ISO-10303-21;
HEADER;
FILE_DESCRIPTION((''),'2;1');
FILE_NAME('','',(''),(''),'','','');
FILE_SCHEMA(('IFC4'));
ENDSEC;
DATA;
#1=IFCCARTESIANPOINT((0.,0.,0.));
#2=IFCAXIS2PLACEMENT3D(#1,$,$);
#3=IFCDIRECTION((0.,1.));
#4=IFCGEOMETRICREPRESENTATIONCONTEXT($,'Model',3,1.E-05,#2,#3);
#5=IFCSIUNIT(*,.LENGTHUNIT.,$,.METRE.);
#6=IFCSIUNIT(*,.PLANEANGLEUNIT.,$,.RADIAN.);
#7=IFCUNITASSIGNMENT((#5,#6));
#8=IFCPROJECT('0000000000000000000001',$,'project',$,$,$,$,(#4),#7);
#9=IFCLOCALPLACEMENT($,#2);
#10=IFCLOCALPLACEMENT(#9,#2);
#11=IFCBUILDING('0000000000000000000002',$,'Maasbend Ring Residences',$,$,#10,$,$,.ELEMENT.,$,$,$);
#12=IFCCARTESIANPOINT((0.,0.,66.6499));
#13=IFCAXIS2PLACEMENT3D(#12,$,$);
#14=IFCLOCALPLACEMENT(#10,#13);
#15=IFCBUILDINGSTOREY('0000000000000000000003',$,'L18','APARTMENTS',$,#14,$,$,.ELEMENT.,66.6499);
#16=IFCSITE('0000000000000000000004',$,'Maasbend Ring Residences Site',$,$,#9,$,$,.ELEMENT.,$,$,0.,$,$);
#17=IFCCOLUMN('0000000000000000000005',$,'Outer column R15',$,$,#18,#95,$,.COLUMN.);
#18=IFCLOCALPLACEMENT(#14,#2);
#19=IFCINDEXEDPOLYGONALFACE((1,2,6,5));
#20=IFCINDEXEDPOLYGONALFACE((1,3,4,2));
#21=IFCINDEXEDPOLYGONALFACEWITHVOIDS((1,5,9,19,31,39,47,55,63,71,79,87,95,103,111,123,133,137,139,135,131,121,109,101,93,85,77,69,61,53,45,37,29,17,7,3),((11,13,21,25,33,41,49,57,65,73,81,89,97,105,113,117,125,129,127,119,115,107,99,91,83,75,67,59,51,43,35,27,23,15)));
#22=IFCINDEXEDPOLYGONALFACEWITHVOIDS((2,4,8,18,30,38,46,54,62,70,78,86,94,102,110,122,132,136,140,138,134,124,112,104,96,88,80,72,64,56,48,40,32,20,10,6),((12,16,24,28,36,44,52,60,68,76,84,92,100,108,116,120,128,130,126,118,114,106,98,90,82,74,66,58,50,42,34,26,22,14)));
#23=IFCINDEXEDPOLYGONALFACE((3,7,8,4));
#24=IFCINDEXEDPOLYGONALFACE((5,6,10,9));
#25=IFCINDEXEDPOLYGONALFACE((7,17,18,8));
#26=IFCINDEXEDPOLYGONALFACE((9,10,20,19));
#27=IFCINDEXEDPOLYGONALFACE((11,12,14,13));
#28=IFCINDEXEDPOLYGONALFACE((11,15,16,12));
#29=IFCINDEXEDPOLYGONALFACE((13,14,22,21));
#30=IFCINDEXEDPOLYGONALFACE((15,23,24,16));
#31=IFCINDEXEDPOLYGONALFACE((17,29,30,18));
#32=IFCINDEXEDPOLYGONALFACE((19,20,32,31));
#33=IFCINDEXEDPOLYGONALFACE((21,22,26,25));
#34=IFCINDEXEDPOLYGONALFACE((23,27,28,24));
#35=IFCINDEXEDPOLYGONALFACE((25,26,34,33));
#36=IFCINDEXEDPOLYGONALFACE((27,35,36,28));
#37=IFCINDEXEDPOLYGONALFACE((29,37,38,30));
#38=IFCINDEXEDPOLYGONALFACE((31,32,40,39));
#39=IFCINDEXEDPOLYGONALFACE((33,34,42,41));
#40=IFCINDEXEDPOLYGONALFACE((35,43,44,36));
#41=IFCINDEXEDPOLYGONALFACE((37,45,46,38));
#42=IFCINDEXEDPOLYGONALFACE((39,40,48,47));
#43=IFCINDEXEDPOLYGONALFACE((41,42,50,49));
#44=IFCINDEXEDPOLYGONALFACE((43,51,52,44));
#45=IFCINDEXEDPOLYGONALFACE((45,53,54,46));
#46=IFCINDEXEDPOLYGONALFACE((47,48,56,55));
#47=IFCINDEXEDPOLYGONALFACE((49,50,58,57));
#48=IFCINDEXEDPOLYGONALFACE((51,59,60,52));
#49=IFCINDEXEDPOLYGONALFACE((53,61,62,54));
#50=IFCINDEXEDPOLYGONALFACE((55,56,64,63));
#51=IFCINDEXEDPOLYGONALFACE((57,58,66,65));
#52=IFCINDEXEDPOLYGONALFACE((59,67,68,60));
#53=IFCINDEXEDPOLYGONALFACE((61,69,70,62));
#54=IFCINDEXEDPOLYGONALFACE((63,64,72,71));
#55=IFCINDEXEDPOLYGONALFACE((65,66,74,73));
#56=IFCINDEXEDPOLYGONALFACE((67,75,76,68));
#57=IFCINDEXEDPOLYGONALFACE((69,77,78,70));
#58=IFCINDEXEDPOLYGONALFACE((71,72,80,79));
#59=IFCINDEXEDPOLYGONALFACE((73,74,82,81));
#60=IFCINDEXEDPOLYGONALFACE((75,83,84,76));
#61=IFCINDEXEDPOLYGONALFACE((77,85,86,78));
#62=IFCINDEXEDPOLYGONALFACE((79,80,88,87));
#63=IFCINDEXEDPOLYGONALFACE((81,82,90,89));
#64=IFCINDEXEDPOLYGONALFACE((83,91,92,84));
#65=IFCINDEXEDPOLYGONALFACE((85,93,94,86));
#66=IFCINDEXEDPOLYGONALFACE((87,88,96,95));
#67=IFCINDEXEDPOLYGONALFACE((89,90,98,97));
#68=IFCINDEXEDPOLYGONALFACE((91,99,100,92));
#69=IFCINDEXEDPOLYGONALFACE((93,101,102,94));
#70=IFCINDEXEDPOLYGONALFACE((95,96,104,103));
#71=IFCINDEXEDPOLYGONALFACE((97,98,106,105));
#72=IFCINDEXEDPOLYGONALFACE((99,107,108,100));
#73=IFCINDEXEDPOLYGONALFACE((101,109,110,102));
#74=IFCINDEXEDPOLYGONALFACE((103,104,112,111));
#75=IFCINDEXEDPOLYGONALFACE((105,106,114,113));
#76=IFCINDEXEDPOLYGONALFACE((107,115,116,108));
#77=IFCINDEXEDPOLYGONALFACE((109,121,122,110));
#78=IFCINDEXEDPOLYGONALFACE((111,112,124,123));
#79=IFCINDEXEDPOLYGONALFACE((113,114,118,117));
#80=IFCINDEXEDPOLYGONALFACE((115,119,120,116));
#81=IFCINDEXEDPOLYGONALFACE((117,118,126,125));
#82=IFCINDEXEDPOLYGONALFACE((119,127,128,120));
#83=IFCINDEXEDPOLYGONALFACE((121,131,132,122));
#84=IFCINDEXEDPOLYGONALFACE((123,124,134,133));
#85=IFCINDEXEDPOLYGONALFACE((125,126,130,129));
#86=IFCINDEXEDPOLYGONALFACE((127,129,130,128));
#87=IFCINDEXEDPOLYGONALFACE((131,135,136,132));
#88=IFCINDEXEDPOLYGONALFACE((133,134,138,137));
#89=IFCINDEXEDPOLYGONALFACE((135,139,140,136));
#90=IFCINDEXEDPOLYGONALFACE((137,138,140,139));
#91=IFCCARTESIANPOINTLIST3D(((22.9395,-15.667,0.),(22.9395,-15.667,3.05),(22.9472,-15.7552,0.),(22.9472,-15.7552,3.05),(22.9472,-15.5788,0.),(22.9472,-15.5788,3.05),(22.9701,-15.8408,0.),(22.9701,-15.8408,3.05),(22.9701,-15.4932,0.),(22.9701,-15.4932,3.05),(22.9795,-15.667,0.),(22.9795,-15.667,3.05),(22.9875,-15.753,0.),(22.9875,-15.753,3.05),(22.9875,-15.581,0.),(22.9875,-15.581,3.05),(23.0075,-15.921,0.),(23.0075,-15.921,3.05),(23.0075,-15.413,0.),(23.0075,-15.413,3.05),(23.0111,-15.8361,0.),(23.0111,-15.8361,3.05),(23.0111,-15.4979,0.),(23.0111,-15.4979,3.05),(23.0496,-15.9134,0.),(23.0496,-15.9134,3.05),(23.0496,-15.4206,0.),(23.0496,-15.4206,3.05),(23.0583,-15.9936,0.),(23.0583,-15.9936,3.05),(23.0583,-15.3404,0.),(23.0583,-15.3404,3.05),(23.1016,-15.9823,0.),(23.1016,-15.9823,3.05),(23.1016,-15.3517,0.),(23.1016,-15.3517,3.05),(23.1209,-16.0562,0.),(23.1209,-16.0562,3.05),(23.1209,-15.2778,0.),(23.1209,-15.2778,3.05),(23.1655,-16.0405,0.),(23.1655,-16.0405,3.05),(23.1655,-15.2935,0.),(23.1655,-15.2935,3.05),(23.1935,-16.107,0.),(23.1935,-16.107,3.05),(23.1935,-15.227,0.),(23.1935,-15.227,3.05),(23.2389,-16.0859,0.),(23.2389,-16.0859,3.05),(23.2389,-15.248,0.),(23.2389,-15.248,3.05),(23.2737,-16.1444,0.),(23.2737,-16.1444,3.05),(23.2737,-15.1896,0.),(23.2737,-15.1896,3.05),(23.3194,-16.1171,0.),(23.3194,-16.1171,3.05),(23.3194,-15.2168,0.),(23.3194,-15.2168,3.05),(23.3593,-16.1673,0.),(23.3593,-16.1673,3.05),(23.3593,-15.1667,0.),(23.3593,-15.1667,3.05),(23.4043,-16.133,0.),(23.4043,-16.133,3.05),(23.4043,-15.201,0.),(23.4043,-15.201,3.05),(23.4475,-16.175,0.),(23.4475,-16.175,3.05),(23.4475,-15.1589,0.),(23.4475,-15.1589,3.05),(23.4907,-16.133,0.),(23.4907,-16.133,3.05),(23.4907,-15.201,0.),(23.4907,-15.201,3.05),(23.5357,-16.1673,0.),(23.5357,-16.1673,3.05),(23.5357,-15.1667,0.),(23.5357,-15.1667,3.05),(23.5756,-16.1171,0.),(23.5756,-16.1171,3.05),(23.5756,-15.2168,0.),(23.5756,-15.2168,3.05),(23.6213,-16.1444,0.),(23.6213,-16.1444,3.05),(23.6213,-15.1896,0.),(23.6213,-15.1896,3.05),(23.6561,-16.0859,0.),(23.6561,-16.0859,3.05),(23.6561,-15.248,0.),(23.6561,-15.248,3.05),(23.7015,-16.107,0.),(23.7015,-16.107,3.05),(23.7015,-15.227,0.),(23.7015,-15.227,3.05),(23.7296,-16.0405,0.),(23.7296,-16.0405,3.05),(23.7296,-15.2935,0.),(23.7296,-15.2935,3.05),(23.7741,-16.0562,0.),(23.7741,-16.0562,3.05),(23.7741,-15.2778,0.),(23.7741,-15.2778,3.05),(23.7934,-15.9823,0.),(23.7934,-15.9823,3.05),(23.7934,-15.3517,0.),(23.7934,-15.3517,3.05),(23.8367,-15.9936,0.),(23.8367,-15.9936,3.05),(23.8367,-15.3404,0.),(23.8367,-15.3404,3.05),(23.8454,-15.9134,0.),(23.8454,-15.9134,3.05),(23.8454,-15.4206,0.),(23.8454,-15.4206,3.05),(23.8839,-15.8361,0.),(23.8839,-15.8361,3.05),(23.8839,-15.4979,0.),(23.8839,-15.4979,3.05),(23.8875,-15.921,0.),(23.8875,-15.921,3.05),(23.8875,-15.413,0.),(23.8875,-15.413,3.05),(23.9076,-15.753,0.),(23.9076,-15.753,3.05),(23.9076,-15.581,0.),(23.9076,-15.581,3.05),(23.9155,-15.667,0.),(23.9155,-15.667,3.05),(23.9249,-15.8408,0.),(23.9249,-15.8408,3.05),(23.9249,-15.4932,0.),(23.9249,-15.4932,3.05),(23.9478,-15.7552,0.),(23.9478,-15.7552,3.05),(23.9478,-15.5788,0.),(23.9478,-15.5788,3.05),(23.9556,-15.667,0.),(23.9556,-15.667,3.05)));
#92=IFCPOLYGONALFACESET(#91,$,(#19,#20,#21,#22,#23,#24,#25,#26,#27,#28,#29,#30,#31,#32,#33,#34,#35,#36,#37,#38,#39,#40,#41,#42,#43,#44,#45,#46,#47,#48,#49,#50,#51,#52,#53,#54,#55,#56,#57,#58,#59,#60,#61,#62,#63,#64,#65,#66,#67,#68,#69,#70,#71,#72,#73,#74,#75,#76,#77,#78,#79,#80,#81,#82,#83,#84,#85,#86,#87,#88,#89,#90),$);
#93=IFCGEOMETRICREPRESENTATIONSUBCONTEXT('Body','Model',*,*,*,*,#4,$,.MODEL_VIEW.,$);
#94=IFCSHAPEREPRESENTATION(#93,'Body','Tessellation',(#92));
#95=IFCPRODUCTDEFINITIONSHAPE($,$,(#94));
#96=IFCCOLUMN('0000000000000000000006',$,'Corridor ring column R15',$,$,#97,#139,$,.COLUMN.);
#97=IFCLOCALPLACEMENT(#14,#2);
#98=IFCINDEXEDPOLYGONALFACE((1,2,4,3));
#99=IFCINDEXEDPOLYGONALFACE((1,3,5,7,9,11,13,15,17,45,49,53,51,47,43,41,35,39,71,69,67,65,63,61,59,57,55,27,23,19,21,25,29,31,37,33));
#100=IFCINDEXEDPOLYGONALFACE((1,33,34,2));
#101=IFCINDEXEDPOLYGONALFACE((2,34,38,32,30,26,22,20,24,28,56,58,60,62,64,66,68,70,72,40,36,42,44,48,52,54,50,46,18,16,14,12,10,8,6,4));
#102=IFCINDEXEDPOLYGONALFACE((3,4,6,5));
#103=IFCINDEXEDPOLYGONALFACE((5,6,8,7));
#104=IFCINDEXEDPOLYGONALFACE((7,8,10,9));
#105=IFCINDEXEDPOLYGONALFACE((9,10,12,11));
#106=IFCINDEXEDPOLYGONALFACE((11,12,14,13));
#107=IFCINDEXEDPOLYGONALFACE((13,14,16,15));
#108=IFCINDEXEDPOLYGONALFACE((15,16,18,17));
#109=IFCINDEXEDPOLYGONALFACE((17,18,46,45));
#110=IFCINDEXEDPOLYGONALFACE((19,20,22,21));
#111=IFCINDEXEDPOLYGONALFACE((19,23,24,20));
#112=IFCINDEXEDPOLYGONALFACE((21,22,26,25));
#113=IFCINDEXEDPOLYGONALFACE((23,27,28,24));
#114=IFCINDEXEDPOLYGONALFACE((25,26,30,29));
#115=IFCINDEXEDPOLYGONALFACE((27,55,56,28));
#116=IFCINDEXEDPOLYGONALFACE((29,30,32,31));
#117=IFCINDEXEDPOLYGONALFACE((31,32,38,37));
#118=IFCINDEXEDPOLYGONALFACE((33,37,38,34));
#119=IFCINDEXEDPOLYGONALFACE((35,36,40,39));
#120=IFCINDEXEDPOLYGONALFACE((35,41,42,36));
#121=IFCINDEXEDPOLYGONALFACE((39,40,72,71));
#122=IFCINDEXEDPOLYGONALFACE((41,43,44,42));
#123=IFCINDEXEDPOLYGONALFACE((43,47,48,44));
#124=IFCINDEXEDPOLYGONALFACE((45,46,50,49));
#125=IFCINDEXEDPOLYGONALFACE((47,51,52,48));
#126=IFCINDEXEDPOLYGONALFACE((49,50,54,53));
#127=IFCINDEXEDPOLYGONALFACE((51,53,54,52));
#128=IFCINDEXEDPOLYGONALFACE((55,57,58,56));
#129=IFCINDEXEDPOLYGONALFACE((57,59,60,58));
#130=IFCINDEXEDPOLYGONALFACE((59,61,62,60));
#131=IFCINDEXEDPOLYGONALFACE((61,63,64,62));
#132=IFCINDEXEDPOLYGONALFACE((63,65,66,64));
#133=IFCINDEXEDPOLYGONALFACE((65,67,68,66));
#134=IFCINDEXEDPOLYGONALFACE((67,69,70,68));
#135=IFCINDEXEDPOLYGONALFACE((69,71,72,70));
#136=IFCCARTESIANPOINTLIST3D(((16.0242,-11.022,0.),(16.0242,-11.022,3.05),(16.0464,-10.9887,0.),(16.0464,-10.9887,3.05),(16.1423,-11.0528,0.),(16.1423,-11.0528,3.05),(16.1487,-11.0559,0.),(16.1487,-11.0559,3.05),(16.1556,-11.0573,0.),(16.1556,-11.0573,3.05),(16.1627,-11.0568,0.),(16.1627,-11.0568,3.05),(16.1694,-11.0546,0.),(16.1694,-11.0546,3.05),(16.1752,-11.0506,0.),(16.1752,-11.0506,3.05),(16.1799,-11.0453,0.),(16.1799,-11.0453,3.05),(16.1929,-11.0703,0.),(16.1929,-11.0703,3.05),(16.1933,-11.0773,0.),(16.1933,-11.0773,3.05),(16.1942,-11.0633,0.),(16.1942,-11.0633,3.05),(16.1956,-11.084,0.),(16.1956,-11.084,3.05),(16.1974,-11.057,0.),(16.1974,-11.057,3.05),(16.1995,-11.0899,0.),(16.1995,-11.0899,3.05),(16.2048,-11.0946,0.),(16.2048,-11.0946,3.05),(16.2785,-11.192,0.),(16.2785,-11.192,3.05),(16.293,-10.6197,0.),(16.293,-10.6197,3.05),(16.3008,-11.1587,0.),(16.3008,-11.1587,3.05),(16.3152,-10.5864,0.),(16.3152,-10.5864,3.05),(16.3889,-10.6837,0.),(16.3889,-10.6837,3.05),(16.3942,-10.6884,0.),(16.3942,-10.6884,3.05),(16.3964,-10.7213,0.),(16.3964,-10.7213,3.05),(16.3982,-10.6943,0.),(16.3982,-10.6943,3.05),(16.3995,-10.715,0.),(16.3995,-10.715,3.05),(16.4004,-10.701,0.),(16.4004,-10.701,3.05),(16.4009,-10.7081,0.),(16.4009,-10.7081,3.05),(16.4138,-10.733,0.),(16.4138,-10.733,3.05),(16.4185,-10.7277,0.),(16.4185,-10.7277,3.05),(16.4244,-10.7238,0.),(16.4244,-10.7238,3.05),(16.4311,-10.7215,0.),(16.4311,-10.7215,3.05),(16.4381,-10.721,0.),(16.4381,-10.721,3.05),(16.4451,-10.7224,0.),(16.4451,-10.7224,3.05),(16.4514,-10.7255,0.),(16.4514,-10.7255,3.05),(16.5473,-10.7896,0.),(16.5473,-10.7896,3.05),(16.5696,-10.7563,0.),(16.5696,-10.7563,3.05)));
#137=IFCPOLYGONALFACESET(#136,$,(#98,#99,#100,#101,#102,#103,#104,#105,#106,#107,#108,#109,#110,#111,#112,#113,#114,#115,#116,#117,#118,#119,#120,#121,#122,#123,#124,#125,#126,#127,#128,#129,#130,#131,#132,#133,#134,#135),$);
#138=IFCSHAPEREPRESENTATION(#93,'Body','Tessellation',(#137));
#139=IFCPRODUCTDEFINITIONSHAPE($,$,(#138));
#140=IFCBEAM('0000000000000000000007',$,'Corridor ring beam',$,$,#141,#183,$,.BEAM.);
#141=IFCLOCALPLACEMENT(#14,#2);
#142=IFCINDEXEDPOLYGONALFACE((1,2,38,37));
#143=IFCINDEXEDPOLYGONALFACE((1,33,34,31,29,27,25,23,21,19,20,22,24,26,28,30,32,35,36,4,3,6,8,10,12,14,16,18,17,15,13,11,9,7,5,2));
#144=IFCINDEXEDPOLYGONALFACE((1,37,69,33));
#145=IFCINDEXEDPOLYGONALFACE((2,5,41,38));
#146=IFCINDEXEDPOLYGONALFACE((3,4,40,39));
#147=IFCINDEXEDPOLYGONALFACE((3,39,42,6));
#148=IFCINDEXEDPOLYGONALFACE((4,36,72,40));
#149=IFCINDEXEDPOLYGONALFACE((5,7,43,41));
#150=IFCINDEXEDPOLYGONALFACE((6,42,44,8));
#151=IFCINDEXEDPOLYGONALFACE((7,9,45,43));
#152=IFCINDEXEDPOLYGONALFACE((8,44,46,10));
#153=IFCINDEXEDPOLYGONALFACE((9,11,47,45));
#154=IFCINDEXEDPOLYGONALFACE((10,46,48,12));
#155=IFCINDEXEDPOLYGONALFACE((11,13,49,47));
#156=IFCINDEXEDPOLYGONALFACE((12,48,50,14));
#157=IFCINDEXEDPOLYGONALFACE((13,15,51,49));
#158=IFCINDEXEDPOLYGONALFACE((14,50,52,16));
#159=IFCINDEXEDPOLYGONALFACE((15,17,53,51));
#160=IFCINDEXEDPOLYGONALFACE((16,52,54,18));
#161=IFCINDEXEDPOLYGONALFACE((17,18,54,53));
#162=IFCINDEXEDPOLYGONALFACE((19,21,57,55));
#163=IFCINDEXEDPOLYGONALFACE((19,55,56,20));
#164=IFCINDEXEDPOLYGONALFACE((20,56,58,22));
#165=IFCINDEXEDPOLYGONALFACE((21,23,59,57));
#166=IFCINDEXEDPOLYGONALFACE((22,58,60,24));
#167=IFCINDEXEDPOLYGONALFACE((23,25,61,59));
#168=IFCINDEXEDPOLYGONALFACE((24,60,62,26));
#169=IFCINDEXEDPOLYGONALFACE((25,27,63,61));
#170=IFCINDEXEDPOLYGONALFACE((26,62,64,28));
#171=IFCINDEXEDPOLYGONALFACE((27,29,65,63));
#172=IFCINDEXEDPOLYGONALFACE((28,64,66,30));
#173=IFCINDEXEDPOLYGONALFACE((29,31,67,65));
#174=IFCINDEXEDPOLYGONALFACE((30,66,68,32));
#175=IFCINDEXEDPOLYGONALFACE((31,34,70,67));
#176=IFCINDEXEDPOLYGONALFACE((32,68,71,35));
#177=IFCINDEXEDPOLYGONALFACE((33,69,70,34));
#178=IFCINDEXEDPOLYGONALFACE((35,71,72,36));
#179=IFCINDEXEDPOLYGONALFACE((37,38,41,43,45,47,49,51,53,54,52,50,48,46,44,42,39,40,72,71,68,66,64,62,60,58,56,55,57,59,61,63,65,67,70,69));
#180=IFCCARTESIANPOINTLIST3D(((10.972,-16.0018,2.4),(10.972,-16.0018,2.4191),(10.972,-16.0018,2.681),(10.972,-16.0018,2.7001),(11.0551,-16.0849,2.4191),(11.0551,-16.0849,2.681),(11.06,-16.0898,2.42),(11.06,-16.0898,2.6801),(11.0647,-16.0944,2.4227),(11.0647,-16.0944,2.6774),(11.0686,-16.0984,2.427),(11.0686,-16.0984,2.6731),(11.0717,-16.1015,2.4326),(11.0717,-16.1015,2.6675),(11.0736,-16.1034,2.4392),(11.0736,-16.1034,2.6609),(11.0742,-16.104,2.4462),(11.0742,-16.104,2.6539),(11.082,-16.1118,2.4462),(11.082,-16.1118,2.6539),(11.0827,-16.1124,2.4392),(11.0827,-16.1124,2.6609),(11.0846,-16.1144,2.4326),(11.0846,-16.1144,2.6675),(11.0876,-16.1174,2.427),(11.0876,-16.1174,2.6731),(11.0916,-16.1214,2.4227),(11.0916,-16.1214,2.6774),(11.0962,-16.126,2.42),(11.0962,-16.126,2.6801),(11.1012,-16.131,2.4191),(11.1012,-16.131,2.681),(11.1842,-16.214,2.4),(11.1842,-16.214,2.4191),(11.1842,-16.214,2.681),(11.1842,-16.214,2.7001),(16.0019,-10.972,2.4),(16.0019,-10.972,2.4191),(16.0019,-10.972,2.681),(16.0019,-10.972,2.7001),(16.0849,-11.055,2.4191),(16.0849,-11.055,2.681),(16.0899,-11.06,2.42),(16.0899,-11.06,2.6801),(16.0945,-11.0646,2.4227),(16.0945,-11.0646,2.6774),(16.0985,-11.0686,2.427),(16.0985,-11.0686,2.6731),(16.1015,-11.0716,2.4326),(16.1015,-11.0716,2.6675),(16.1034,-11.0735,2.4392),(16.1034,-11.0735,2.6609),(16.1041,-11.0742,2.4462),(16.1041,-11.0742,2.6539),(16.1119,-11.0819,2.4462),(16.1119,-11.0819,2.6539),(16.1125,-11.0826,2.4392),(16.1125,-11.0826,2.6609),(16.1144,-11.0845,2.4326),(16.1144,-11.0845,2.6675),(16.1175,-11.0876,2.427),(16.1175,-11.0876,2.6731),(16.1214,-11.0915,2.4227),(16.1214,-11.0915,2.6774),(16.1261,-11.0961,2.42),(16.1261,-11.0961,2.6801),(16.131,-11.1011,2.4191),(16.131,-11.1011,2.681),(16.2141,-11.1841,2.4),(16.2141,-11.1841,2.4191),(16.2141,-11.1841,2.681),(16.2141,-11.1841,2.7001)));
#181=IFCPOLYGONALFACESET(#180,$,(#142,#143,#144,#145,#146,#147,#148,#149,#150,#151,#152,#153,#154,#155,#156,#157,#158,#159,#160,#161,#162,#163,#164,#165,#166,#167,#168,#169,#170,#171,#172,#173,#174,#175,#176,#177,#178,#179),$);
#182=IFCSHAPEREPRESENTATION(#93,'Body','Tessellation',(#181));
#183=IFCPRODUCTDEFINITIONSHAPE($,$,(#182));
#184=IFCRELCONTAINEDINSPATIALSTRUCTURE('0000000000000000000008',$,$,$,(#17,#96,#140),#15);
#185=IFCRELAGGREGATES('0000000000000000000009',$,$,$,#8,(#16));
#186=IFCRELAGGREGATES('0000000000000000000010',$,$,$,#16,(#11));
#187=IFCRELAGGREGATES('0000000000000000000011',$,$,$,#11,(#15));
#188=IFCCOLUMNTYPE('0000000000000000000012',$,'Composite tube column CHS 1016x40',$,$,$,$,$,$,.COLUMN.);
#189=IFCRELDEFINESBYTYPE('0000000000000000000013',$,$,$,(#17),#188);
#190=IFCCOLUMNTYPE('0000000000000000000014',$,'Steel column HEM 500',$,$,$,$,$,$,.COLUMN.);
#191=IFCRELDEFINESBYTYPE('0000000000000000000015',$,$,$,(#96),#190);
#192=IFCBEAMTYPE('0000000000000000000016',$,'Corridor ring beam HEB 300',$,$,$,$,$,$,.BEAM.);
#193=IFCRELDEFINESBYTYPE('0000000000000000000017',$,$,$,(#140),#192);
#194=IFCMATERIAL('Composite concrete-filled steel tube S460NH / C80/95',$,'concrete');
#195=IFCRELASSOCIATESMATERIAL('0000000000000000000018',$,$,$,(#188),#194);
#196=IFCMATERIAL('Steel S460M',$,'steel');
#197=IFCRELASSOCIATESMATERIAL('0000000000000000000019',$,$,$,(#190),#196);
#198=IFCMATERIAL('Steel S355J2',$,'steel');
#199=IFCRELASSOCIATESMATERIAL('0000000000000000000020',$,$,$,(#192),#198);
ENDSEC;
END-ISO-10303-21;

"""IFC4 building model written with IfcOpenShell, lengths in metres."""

from ifc_helpers import new_model, si_unit, direction, frame, origin, origin_2d, place, context, subcontext, project, spatial, hollow_circle, i_section, extrude, material, material_profile, profile_set, type_object, element, save


model = new_model("IFC4")

# Units and contexts
model_context = context("Model", 3, precision=1e-05, world=origin(), true_north=direction((0.0, 1.0)))
body_context = subcontext(model_context, "Body", "Model", "MODEL_VIEW")
ifc_project = project(units=[si_unit("LENGTHUNIT", "METRE"), si_unit("PLANEANGLEUNIT", "RADIAN")], contexts=[model_context])

# Site, building, storey
site_placement = place(None, origin())
site = spatial("IfcSite", under=ifc_project, at=site_placement, Name="Maasbend Ring Residences Site", CompositionType="ELEMENT", RefElevation=0.0)
building_placement = place(site_placement, origin())
building = spatial("IfcBuilding", under=site, at=building_placement, Name="Maasbend Ring Residences", CompositionType="ELEMENT")
storey_placement = place(building_placement, frame((0.0, 0.0, 66.6499)))
storey = spatial("IfcBuildingStorey", under=building, at=storey_placement, Name="L18", Description="APARTMENTS", CompositionType="ELEMENT", Elevation=66.6499)

# Columns
ifc_material_1 = material(Name="Composite concrete-filled steel tube S460NH / C80/95", Category="concrete")
ifc_material_profile_1 = material_profile(ifc_material_1, hollow_circle(Radius=0.5081, WallThickness=0.04, at=origin_2d()), Name="Composite tube column CHS 1016x40")
ifc_profile_set_1 = profile_set([ifc_material_profile_1], Name="Composite concrete-filled steel tube S460NH / C80/95")
column_type_1 = type_object("IfcColumnType", Name="Composite tube column CHS 1016x40", PredefinedType="COLUMN", material=ifc_profile_set_1)
column_1_placement = place(storey_placement, frame((23.4475, -15.667, 0.0), z_axis=(0.0, 0.0, 1.0), x_axis=(1.0, 0.0, 0.0)))
element("IfcColumn", 1, at=column_1_placement, inside=storey, type_object=column_type_1, Name="Outer column R15", PredefinedType="COLUMN", context=body_context, shape_type="SweptSolid", body=[
    extrude(hollow_circle(Radius=0.5081, WallThickness=0.04, at=origin_2d()), origin(), (0.0, 0.0, 1.0), 3.05),
])
ifc_material_2 = material(Name="Steel S460M", Category="steel")
ifc_material_profile_2 = material_profile(ifc_material_2, i_section(OverallWidth=0.3059, OverallDepth=0.5239, WebThickness=0.021, FlangeThickness=0.04, FilletRadius=0.0271, at=origin_2d()), Name="HEM 500")
ifc_profile_set_2 = profile_set([ifc_material_profile_2], Name="Steel S460M")
column_type_2 = type_object("IfcColumnType", Name="Steel column HEM 500", PredefinedType="COLUMN", material=ifc_profile_set_2)
column_2_placement = place(storey_placement, frame((16.2969, -10.8892, 0.0), z_axis=(0.0, 0.0, 1.0), x_axis=(0.83147, -0.55557, 0.0)))
element("IfcColumn", 2, at=column_2_placement, inside=storey, type_object=column_type_2, Name="Corridor ring column R15", PredefinedType="COLUMN", context=body_context, shape_type="SweptSolid", body=[
    extrude(i_section(OverallWidth=0.3059, OverallDepth=0.5239, WebThickness=0.021, FlangeThickness=0.04, FilletRadius=0.0271, at=origin_2d()), origin(), (0.0, 0.0, 1.0), 3.05),
])

# Beam
ifc_material_3 = material(Name="Steel S355J2", Category="steel")
ifc_material_profile_3 = material_profile(ifc_material_3, i_section(OverallWidth=0.3, OverallDepth=0.3, WebThickness=0.011, FlangeThickness=0.019, FilletRadius=0.0271, at=origin_2d()), Name="HEB 300")
ifc_profile_set_3 = profile_set([ifc_material_profile_3], Name="Steel S355J2")
beam_type = type_object("IfcBeamType", Name="Corridor ring beam HEB 300", PredefinedType="BEAM", material=ifc_profile_set_3)
beam_placement = place(storey_placement, frame((11.0781, -16.1079, 2.55), z_axis=(0.707107, 0.707107, 0.0), x_axis=(-0.707107, 0.707107, 0.0)))
element("IfcBeam", 3, at=beam_placement, inside=storey, type_object=beam_type, Name="Corridor ring beam", PredefinedType="BEAM", context=body_context, shape_type="SweptSolid", body=[
    extrude(i_section(OverallWidth=0.3, OverallDepth=0.3, WebThickness=0.011, FlangeThickness=0.019, FilletRadius=0.0271, at=origin_2d()), origin(), (0.0, 0.0, 1.0), 7.1133),
])

save(model, "model.ifc")
